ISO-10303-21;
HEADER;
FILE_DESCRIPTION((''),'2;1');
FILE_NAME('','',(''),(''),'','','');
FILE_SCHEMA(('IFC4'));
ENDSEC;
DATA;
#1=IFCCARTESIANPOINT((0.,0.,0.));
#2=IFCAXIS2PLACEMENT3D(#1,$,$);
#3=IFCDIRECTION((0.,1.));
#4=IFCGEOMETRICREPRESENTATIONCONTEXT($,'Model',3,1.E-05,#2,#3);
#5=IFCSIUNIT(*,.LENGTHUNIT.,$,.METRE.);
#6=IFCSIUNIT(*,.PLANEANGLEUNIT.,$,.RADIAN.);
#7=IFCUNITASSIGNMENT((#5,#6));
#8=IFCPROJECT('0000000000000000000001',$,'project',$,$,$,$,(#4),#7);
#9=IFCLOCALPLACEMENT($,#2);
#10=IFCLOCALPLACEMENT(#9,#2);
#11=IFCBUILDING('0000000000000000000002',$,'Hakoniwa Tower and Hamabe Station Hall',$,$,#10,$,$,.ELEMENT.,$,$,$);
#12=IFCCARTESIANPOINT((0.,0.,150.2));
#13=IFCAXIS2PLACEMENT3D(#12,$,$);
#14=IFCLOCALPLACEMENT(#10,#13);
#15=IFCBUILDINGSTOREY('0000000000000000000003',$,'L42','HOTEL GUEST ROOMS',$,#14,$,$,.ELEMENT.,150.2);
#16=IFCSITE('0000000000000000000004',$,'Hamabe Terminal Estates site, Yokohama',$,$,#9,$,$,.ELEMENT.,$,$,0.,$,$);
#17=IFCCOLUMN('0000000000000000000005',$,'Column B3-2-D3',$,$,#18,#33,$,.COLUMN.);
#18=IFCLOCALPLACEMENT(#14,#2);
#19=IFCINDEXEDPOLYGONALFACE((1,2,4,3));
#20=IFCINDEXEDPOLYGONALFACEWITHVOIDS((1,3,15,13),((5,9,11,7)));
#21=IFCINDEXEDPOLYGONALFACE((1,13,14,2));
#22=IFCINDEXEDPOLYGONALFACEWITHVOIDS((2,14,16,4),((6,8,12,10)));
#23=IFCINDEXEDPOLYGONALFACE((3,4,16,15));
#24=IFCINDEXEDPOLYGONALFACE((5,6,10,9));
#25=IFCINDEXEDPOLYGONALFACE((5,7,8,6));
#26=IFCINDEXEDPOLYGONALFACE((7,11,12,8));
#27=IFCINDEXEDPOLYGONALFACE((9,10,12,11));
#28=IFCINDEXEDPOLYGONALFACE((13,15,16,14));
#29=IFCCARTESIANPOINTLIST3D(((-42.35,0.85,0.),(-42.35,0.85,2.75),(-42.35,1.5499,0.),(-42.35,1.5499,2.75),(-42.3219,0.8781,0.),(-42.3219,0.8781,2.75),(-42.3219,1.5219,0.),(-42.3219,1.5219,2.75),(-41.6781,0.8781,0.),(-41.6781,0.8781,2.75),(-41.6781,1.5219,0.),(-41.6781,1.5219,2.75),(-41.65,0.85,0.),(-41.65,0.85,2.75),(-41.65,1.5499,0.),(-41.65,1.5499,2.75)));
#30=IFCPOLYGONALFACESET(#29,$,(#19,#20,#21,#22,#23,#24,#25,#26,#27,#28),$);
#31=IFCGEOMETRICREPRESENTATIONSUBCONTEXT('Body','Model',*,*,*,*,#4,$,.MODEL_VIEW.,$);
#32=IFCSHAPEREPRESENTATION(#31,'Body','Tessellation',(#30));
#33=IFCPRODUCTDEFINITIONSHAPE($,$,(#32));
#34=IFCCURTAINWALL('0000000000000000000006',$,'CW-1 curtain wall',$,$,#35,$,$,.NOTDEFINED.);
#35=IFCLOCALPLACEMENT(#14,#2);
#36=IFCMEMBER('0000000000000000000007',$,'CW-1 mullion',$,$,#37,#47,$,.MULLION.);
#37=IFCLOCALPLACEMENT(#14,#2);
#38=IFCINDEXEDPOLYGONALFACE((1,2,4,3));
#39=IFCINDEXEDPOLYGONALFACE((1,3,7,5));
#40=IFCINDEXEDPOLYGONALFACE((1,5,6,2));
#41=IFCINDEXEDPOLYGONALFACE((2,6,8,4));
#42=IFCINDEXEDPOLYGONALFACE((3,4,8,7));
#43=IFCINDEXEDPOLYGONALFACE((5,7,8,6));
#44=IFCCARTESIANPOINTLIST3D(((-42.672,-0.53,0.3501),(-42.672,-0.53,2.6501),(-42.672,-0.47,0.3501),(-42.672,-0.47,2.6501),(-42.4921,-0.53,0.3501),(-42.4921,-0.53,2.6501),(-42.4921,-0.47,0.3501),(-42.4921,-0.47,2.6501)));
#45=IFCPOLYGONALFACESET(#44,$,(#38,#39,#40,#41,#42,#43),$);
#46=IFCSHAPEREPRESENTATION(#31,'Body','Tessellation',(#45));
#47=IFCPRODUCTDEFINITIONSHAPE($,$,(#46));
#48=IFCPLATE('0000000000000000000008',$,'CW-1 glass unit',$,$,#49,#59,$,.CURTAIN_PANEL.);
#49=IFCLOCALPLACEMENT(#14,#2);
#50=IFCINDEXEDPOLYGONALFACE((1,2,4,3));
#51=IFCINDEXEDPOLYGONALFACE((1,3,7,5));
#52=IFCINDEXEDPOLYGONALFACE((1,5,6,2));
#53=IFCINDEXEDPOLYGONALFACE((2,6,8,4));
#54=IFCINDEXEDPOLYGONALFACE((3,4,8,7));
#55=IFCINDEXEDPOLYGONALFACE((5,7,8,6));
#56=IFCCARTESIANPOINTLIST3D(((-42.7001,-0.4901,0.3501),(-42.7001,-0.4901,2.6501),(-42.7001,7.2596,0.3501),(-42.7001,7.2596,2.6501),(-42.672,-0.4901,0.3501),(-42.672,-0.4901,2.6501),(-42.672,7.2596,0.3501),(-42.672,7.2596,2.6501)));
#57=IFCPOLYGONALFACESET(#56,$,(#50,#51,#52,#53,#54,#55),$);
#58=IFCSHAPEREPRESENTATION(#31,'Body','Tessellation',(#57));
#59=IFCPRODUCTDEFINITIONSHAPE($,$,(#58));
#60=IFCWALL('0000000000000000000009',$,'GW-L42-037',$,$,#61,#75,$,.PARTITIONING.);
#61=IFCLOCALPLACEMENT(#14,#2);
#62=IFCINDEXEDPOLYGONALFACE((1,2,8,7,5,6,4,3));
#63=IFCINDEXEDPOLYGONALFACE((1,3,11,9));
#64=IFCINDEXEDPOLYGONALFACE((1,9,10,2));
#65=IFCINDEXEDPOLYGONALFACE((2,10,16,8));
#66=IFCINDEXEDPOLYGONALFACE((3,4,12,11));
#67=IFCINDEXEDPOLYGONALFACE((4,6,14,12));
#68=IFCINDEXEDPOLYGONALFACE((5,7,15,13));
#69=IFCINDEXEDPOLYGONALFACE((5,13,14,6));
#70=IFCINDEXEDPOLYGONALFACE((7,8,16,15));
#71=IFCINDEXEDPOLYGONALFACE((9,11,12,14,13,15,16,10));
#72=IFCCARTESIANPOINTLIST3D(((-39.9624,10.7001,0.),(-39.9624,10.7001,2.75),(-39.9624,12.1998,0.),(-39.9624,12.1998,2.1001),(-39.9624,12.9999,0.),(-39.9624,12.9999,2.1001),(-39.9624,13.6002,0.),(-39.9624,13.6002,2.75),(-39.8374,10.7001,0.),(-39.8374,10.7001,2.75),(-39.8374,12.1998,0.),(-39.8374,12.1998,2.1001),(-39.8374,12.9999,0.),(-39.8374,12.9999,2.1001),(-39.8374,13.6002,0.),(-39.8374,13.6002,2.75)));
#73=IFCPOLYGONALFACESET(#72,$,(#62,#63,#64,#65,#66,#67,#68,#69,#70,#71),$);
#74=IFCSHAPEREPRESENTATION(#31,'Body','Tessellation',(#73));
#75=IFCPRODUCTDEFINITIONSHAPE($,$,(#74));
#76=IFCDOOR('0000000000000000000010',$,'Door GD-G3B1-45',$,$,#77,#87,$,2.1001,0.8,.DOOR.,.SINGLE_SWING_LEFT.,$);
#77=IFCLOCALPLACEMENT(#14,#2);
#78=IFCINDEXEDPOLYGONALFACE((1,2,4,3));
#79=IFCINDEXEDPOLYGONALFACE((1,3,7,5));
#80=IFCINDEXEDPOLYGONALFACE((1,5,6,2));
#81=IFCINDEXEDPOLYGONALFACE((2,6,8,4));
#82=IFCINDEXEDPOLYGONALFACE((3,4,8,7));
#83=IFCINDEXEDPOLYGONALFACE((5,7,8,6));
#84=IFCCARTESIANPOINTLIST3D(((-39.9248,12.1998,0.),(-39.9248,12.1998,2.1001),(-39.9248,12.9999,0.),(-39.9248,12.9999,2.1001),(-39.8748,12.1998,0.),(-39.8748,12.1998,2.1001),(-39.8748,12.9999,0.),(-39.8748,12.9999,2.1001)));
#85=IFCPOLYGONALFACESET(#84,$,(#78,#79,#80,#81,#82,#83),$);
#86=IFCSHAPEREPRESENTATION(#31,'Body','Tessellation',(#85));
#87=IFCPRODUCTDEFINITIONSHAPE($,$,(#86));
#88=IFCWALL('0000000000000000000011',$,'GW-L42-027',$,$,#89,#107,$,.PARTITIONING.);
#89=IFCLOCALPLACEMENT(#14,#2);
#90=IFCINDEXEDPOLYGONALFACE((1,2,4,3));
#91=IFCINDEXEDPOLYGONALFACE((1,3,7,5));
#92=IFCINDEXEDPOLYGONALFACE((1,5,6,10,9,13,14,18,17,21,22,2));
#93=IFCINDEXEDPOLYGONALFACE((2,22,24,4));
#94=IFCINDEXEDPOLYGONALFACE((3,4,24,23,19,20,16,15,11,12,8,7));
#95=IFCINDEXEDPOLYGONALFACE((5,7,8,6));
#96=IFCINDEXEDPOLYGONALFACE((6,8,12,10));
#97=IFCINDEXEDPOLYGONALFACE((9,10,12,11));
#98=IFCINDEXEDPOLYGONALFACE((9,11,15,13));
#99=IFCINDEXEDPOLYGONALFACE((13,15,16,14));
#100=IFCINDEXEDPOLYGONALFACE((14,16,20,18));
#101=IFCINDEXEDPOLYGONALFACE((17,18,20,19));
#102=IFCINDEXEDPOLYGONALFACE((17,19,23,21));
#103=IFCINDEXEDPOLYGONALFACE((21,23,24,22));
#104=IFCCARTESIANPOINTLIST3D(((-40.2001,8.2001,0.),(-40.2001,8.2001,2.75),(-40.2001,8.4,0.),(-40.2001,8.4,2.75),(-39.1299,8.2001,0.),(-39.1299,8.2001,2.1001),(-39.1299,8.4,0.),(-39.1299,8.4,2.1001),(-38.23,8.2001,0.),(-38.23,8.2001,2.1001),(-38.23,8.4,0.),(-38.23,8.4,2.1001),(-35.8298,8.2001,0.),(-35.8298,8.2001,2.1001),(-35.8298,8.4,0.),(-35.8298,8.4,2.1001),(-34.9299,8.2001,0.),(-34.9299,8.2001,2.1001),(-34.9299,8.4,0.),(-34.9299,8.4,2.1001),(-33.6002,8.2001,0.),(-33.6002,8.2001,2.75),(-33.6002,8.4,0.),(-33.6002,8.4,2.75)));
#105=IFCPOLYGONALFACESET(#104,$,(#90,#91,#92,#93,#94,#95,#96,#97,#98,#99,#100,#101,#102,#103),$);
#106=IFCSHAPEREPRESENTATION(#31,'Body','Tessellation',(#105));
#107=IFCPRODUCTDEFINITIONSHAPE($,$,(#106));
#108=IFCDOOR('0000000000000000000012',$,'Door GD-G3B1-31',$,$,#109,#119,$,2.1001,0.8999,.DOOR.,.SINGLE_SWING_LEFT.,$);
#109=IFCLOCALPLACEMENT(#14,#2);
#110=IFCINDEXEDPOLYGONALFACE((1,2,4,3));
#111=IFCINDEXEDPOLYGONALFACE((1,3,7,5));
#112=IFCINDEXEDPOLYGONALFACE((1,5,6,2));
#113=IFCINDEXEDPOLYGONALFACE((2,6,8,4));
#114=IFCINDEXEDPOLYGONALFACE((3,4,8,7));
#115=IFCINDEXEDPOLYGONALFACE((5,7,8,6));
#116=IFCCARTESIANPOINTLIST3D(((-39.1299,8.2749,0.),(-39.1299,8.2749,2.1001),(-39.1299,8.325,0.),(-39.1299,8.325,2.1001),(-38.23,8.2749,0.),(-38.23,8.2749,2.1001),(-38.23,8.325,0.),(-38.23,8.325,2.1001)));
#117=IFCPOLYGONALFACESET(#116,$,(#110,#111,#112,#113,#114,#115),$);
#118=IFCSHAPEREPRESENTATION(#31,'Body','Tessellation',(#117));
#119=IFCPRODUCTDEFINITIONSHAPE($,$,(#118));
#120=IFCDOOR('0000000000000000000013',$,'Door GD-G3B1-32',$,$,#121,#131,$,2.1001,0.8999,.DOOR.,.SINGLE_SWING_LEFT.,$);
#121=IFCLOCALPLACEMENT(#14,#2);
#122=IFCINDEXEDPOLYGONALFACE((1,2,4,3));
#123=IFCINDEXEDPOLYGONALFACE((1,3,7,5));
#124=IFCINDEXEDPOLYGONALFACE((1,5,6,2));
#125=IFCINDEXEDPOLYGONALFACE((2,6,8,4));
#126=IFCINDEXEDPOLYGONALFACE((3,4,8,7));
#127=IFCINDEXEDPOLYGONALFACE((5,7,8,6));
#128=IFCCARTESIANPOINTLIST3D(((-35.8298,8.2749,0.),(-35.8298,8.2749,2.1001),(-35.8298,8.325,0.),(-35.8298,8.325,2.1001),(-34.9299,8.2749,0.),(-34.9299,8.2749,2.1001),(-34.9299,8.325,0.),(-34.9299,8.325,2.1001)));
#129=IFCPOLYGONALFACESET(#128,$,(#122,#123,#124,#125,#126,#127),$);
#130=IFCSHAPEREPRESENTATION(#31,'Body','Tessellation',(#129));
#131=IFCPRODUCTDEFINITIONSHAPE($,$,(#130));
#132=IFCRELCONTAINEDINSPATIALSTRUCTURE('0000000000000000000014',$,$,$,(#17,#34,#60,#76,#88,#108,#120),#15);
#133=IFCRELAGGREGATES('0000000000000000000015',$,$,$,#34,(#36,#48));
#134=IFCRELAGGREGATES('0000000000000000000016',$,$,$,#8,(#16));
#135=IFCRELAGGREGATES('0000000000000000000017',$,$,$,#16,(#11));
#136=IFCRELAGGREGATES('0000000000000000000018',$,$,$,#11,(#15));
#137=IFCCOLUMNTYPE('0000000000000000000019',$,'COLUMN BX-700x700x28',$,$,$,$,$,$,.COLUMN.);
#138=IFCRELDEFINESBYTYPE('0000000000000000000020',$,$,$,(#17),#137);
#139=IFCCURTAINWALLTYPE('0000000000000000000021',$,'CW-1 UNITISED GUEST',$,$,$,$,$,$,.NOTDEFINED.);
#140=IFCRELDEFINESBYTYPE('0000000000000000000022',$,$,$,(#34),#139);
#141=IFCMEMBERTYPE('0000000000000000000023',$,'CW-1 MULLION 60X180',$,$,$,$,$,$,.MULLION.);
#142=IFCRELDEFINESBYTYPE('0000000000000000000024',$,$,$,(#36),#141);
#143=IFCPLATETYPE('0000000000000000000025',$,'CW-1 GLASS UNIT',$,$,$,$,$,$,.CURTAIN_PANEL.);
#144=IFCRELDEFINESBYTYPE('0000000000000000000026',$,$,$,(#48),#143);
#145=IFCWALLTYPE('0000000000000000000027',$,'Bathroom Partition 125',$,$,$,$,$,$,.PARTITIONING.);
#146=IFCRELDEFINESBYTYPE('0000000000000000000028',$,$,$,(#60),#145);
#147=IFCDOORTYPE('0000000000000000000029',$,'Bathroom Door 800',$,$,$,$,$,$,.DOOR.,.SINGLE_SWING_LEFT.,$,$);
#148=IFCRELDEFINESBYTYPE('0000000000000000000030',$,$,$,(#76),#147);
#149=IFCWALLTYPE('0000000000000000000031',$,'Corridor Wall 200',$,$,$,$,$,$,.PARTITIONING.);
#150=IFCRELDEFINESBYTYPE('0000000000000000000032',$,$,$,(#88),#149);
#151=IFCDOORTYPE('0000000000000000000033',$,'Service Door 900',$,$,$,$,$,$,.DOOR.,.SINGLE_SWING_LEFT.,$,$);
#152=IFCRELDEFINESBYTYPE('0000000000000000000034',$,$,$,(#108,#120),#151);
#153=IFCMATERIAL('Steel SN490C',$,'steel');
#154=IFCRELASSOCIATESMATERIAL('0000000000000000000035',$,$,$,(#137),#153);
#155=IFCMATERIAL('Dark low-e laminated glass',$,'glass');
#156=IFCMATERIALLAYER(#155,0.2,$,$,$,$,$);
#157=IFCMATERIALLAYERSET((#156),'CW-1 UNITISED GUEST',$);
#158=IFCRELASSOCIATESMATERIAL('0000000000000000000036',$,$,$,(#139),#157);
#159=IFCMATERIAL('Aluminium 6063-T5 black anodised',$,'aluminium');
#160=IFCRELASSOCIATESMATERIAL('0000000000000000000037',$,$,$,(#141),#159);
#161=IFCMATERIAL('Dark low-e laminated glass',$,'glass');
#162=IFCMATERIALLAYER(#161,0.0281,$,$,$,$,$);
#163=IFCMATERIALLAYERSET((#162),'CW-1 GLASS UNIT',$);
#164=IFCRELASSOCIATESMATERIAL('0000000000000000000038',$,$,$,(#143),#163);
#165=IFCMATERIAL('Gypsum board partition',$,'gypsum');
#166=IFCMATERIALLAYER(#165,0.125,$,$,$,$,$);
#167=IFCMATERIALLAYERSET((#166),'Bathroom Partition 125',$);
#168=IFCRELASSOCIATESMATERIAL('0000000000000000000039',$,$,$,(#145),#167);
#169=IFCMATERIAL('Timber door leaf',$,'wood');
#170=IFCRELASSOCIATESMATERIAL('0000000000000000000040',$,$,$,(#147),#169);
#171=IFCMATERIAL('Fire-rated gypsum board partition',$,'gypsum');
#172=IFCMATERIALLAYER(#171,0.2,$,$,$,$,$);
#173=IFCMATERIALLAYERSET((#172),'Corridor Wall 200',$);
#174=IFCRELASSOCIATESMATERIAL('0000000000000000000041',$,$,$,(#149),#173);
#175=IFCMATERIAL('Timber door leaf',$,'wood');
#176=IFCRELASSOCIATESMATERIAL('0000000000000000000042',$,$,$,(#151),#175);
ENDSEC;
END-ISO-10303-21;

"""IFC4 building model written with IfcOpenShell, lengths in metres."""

from ifc_helpers import new_model, si_unit, direction, frame, frame_2d, origin, origin_2d, place, context, subcontext, project, spatial, rectangle, hollow_rectangle, extrude, material, layer, layer_set, material_profile, profile_set, type_object, element, fill, aggregate, save


model = new_model("IFC4")

# Units and contexts
model_context = context("Model", 3, precision=1e-05, world=origin(), true_north=direction((0.0, 1.0)))
body_context = subcontext(model_context, "Body", "Model", "MODEL_VIEW")
ifc_project = project(units=[si_unit("LENGTHUNIT", "METRE"), si_unit("PLANEANGLEUNIT", "RADIAN")], contexts=[model_context])

# Site, building, storey
site_placement = place(None, origin())
site = spatial("IfcSite", under=ifc_project, at=site_placement, Name="Hamabe Terminal Estates site, Yokohama", CompositionType="ELEMENT", RefElevation=0.0)
building_placement = place(site_placement, origin())
building = spatial("IfcBuilding", under=site, at=building_placement, Name="Hakoniwa Tower and Hamabe Station Hall", CompositionType="ELEMENT")
storey_placement = place(building_placement, frame((0.0, 0.0, 150.2)))
storey = spatial("IfcBuildingStorey", under=building, at=storey_placement, Name="L42", Description="HOTEL GUEST ROOMS", CompositionType="ELEMENT", Elevation=150.2)

# Column
ifc_material_1 = material(Name="Steel SN490C", Category="steel")
ifc_material_profile_1 = material_profile(ifc_material_1, hollow_rectangle(XDim=0.7, YDim=0.7, WallThickness=0.0281, at=origin_2d()), Name="BX-700x700x28")
ifc_profile_set_1 = profile_set([ifc_material_profile_1], Name="Steel SN490C")
column_type = type_object("IfcColumnType", Name="COLUMN BX-700x700x28", PredefinedType="COLUMN", material=ifc_profile_set_1)
column_placement = place(storey_placement, frame((-42.0, 1.2, 0.0), z_axis=(0.0, 0.0, 1.0), x_axis=(1.0, 0.0, 0.0)))
element("IfcColumn", 1, at=column_placement, inside=storey, type_object=column_type, Name="Column B3-2-D3", PredefinedType="COLUMN", context=body_context, shape_type="SweptSolid", body=[
    extrude(hollow_rectangle(XDim=0.7, YDim=0.7, WallThickness=0.0281, at=origin_2d()), origin(), (0.0, 0.0, 1.0), 2.75),
])

# Curtain wall, member, plate
ifc_material_2 = material(Name="Dark low-e laminated glass", Category="glass")
ifc_layer_1 = layer(ifc_material_2, 0.2)
ifc_layer_set_1 = layer_set([ifc_layer_1], Name="CW-1 UNITISED GUEST")
curtain_wall_type = type_object("IfcCurtainWallType", Name="CW-1 UNITISED GUEST", PredefinedType="NOTDEFINED", material=ifc_layer_set_1)
curtain_wall_placement = place(storey_placement, origin())
curtain_wall = element("IfcCurtainWall", 2, at=curtain_wall_placement, inside=storey, type_object=curtain_wall_type, Name="CW-1 curtain wall", PredefinedType="NOTDEFINED")
ifc_material_3 = material(Name="Aluminium 6063-T5 black anodised", Category="aluminium")
ifc_material_profile_2 = material_profile(ifc_material_3, rectangle(XDim=0.0601, YDim=0.1799, at=origin_2d()), Name="CW-1 MULLION 60X180")
ifc_profile_set_2 = profile_set([ifc_material_profile_2], Name="Aluminium 6063-T5 black anodised")
member_type = type_object("IfcMemberType", Name="CW-1 MULLION 60X180", PredefinedType="MULLION", material=ifc_profile_set_2)
member_placement = place(storey_placement, frame((-42.582, -0.5, 0.3501), z_axis=(0.0, 0.0, 1.0), x_axis=(0.0, -1.0, 0.0)))
member = element("IfcMember", 3, at=member_placement, type_object=member_type, Name="CW-1 mullion", PredefinedType="MULLION", context=body_context, shape_type="SweptSolid", body=[
    extrude(rectangle(XDim=0.0601, YDim=0.1799, at=origin_2d()), origin(), (0.0, 0.0, 1.0), 2.3),
])
ifc_material_4 = material(Name="Dark low-e laminated glass", Category="glass")
ifc_layer_2 = layer(ifc_material_4, 0.0281)
ifc_layer_set_2 = layer_set([ifc_layer_2], Name="CW-1 GLASS UNIT")
plate_type = type_object("IfcPlateType", Name="CW-1 GLASS UNIT", PredefinedType="CURTAIN_PANEL", material=ifc_layer_set_2)
plate_placement = place(storey_placement, frame((-42.686, 3.3848, 0.3501), z_axis=(0.0, 0.0, 1.0), x_axis=(0.0, -1.0, 0.0)))
plate = element("IfcPlate", 4, at=plate_placement, type_object=plate_type, Name="CW-1 glass unit", PredefinedType="CURTAIN_PANEL", context=body_context, shape_type="SweptSolid", body=[
    extrude(rectangle(XDim=7.7498, YDim=0.0281, at=origin_2d()), origin(), (0.0, 0.0, 1.0), 2.3),
])
aggregate(curtain_wall, [member, plate])

# Wall, opening, door
ifc_material_5 = material(Name="Gypsum board partition", Category="gypsum")
ifc_layer_3 = layer(ifc_material_5, 0.125)
ifc_layer_set_3 = layer_set([ifc_layer_3], Name="Bathroom Partition 125")
wall_type_1 = type_object("IfcWallType", Name="Bathroom Partition 125", PredefinedType="PARTITIONING", material=ifc_layer_set_3)
wall_1_placement = place(storey_placement, frame((-39.8999, 10.7, 0.0), z_axis=(0.0, 0.0, 1.0), x_axis=(0.0, 1.0, 0.0)))
wall_1 = element("IfcWall", 5, at=wall_1_placement, inside=storey, type_object=wall_type_1, Name="GW-L42-037", PredefinedType="PARTITIONING", context=body_context, shape_type="SweptSolid", body=[
    extrude(rectangle(XDim=2.9001, YDim=0.125, at=frame_2d((1.4502, 0.0))), origin(), (0.0, 0.0, 1.0), 2.75),
])
opening_1_placement = place(wall_1_placement, frame((1.5, 0.0, 0.0)))
opening_1 = element("IfcOpeningElement", 6, at=opening_1_placement, cuts=wall_1, PredefinedType="OPENING", context=body_context, shape_type="SweptSolid", body=[
    extrude(rectangle(XDim=0.8, YDim=2.1001, at=frame_2d((0.3999, 1.05))), frame((0.0, 0.0725, 0.0), z_axis=(0.0, -1.0, 0.0), x_axis=(1.0, 0.0, 0.0)), (0.0, 0.0, 1.0), 0.145),
])
ifc_material_6 = material(Name="Timber door leaf", Category="wood")
door_type_1 = type_object("IfcDoorType", Name="Bathroom Door 800", OperationType="SINGLE_SWING_LEFT", PredefinedType="DOOR", material=ifc_material_6)
door_1_placement = place(opening_1_placement, origin())
door_1 = element("IfcDoor", 7, at=door_1_placement, inside=storey, type_object=door_type_1, Name="Door GD-G3B1-45", OperationType="SINGLE_SWING_LEFT", OverallHeight=2.1001, OverallWidth=0.8, PredefinedType="DOOR", context=body_context, shape_type="SweptSolid", body=[
    extrude(rectangle(XDim=0.8, YDim=2.1001, at=frame_2d((0.3999, 1.05))), frame((0.0, 0.0249, 0.0), z_axis=(0.0, -1.0, 0.0), x_axis=(1.0, 0.0, 0.0)), (0.0, 0.0, 1.0), 0.05),
])
fill(opening_1, door_1)

# Wall, openings, doors
ifc_material_7 = material(Name="Fire-rated gypsum board partition", Category="gypsum")
ifc_layer_4 = layer(ifc_material_7, 0.2)
ifc_layer_set_4 = layer_set([ifc_layer_4], Name="Corridor Wall 200")
wall_type_2 = type_object("IfcWallType", Name="Corridor Wall 200", PredefinedType="PARTITIONING", material=ifc_layer_set_4)
wall_2_placement = place(storey_placement, frame((-40.2, 8.3, 0.0), z_axis=(0.0, 0.0, 1.0), x_axis=(1.0, 0.0, 0.0)))
wall_2 = element("IfcWall", 8, at=wall_2_placement, inside=storey, type_object=wall_type_2, Name="GW-L42-027", PredefinedType="PARTITIONING", context=body_context, shape_type="SweptSolid", body=[
    extrude(rectangle(XDim=6.5999, YDim=0.2, at=frame_2d((3.2998, 0.0))), origin(), (0.0, 0.0, 1.0), 2.75),
])
opening_2_placement = place(wall_2_placement, frame((1.0701, 0.0, 0.0)))
opening_2 = element("IfcOpeningElement", 9, at=opening_2_placement, cuts=wall_2, PredefinedType="OPENING", context=body_context, shape_type="SweptSolid", body=[
    extrude(rectangle(XDim=0.8999, YDim=2.1001, at=frame_2d((0.45, 1.05))), frame((0.0, 0.1099, 0.0), z_axis=(0.0, -1.0, 0.0), x_axis=(1.0, 0.0, 0.0)), (0.0, 0.0, 1.0), 0.22),
])
opening_3_placement = place(wall_2_placement, frame((4.3701, 0.0, 0.0)))
opening_3 = element("IfcOpeningElement", 10, at=opening_3_placement, cuts=wall_2, PredefinedType="OPENING", context=body_context, shape_type="SweptSolid", body=[
    extrude(rectangle(XDim=0.8999, YDim=2.1001, at=frame_2d((0.45, 1.05))), frame((0.0, 0.1099, 0.0), z_axis=(0.0, -1.0, 0.0), x_axis=(1.0, 0.0, 0.0)), (0.0, 0.0, 1.0), 0.22),
])
ifc_material_8 = material(Name="Timber door leaf", Category="wood")
door_type_2 = type_object("IfcDoorType", Name="Service Door 900", OperationType="SINGLE_SWING_LEFT", PredefinedType="DOOR", material=ifc_material_8)
door_2_placement = place(opening_2_placement, origin())
door_2 = element("IfcDoor", 11, at=door_2_placement, inside=storey, type_object=door_type_2, Name="Door GD-G3B1-31", OperationType="SINGLE_SWING_LEFT", OverallHeight=2.1001, OverallWidth=0.8999, PredefinedType="DOOR", context=body_context, shape_type="SweptSolid", body=[
    extrude(rectangle(XDim=0.8999, YDim=2.1001, at=frame_2d((0.45, 1.05))), frame((0.0, 0.0249, 0.0), z_axis=(0.0, -1.0, 0.0), x_axis=(1.0, 0.0, 0.0)), (0.0, 0.0, 1.0), 0.05),
])
fill(opening_2, door_2)
door_3_placement = place(opening_3_placement, origin())
door_3 = element("IfcDoor", 12, at=door_3_placement, inside=storey, type_object=door_type_2, Name="Door GD-G3B1-32", OperationType="SINGLE_SWING_LEFT", OverallHeight=2.1001, OverallWidth=0.8999, PredefinedType="DOOR", context=body_context, shape_type="SweptSolid", body=[
    extrude(rectangle(XDim=0.8999, YDim=2.1001, at=frame_2d((0.45, 1.05))), frame((0.0, 0.0249, 0.0), z_axis=(0.0, -1.0, 0.0), x_axis=(1.0, 0.0, 0.0)), (0.0, 0.0, 1.0), 0.05),
])
fill(opening_3, door_3)

save(model, "model.ifc")
